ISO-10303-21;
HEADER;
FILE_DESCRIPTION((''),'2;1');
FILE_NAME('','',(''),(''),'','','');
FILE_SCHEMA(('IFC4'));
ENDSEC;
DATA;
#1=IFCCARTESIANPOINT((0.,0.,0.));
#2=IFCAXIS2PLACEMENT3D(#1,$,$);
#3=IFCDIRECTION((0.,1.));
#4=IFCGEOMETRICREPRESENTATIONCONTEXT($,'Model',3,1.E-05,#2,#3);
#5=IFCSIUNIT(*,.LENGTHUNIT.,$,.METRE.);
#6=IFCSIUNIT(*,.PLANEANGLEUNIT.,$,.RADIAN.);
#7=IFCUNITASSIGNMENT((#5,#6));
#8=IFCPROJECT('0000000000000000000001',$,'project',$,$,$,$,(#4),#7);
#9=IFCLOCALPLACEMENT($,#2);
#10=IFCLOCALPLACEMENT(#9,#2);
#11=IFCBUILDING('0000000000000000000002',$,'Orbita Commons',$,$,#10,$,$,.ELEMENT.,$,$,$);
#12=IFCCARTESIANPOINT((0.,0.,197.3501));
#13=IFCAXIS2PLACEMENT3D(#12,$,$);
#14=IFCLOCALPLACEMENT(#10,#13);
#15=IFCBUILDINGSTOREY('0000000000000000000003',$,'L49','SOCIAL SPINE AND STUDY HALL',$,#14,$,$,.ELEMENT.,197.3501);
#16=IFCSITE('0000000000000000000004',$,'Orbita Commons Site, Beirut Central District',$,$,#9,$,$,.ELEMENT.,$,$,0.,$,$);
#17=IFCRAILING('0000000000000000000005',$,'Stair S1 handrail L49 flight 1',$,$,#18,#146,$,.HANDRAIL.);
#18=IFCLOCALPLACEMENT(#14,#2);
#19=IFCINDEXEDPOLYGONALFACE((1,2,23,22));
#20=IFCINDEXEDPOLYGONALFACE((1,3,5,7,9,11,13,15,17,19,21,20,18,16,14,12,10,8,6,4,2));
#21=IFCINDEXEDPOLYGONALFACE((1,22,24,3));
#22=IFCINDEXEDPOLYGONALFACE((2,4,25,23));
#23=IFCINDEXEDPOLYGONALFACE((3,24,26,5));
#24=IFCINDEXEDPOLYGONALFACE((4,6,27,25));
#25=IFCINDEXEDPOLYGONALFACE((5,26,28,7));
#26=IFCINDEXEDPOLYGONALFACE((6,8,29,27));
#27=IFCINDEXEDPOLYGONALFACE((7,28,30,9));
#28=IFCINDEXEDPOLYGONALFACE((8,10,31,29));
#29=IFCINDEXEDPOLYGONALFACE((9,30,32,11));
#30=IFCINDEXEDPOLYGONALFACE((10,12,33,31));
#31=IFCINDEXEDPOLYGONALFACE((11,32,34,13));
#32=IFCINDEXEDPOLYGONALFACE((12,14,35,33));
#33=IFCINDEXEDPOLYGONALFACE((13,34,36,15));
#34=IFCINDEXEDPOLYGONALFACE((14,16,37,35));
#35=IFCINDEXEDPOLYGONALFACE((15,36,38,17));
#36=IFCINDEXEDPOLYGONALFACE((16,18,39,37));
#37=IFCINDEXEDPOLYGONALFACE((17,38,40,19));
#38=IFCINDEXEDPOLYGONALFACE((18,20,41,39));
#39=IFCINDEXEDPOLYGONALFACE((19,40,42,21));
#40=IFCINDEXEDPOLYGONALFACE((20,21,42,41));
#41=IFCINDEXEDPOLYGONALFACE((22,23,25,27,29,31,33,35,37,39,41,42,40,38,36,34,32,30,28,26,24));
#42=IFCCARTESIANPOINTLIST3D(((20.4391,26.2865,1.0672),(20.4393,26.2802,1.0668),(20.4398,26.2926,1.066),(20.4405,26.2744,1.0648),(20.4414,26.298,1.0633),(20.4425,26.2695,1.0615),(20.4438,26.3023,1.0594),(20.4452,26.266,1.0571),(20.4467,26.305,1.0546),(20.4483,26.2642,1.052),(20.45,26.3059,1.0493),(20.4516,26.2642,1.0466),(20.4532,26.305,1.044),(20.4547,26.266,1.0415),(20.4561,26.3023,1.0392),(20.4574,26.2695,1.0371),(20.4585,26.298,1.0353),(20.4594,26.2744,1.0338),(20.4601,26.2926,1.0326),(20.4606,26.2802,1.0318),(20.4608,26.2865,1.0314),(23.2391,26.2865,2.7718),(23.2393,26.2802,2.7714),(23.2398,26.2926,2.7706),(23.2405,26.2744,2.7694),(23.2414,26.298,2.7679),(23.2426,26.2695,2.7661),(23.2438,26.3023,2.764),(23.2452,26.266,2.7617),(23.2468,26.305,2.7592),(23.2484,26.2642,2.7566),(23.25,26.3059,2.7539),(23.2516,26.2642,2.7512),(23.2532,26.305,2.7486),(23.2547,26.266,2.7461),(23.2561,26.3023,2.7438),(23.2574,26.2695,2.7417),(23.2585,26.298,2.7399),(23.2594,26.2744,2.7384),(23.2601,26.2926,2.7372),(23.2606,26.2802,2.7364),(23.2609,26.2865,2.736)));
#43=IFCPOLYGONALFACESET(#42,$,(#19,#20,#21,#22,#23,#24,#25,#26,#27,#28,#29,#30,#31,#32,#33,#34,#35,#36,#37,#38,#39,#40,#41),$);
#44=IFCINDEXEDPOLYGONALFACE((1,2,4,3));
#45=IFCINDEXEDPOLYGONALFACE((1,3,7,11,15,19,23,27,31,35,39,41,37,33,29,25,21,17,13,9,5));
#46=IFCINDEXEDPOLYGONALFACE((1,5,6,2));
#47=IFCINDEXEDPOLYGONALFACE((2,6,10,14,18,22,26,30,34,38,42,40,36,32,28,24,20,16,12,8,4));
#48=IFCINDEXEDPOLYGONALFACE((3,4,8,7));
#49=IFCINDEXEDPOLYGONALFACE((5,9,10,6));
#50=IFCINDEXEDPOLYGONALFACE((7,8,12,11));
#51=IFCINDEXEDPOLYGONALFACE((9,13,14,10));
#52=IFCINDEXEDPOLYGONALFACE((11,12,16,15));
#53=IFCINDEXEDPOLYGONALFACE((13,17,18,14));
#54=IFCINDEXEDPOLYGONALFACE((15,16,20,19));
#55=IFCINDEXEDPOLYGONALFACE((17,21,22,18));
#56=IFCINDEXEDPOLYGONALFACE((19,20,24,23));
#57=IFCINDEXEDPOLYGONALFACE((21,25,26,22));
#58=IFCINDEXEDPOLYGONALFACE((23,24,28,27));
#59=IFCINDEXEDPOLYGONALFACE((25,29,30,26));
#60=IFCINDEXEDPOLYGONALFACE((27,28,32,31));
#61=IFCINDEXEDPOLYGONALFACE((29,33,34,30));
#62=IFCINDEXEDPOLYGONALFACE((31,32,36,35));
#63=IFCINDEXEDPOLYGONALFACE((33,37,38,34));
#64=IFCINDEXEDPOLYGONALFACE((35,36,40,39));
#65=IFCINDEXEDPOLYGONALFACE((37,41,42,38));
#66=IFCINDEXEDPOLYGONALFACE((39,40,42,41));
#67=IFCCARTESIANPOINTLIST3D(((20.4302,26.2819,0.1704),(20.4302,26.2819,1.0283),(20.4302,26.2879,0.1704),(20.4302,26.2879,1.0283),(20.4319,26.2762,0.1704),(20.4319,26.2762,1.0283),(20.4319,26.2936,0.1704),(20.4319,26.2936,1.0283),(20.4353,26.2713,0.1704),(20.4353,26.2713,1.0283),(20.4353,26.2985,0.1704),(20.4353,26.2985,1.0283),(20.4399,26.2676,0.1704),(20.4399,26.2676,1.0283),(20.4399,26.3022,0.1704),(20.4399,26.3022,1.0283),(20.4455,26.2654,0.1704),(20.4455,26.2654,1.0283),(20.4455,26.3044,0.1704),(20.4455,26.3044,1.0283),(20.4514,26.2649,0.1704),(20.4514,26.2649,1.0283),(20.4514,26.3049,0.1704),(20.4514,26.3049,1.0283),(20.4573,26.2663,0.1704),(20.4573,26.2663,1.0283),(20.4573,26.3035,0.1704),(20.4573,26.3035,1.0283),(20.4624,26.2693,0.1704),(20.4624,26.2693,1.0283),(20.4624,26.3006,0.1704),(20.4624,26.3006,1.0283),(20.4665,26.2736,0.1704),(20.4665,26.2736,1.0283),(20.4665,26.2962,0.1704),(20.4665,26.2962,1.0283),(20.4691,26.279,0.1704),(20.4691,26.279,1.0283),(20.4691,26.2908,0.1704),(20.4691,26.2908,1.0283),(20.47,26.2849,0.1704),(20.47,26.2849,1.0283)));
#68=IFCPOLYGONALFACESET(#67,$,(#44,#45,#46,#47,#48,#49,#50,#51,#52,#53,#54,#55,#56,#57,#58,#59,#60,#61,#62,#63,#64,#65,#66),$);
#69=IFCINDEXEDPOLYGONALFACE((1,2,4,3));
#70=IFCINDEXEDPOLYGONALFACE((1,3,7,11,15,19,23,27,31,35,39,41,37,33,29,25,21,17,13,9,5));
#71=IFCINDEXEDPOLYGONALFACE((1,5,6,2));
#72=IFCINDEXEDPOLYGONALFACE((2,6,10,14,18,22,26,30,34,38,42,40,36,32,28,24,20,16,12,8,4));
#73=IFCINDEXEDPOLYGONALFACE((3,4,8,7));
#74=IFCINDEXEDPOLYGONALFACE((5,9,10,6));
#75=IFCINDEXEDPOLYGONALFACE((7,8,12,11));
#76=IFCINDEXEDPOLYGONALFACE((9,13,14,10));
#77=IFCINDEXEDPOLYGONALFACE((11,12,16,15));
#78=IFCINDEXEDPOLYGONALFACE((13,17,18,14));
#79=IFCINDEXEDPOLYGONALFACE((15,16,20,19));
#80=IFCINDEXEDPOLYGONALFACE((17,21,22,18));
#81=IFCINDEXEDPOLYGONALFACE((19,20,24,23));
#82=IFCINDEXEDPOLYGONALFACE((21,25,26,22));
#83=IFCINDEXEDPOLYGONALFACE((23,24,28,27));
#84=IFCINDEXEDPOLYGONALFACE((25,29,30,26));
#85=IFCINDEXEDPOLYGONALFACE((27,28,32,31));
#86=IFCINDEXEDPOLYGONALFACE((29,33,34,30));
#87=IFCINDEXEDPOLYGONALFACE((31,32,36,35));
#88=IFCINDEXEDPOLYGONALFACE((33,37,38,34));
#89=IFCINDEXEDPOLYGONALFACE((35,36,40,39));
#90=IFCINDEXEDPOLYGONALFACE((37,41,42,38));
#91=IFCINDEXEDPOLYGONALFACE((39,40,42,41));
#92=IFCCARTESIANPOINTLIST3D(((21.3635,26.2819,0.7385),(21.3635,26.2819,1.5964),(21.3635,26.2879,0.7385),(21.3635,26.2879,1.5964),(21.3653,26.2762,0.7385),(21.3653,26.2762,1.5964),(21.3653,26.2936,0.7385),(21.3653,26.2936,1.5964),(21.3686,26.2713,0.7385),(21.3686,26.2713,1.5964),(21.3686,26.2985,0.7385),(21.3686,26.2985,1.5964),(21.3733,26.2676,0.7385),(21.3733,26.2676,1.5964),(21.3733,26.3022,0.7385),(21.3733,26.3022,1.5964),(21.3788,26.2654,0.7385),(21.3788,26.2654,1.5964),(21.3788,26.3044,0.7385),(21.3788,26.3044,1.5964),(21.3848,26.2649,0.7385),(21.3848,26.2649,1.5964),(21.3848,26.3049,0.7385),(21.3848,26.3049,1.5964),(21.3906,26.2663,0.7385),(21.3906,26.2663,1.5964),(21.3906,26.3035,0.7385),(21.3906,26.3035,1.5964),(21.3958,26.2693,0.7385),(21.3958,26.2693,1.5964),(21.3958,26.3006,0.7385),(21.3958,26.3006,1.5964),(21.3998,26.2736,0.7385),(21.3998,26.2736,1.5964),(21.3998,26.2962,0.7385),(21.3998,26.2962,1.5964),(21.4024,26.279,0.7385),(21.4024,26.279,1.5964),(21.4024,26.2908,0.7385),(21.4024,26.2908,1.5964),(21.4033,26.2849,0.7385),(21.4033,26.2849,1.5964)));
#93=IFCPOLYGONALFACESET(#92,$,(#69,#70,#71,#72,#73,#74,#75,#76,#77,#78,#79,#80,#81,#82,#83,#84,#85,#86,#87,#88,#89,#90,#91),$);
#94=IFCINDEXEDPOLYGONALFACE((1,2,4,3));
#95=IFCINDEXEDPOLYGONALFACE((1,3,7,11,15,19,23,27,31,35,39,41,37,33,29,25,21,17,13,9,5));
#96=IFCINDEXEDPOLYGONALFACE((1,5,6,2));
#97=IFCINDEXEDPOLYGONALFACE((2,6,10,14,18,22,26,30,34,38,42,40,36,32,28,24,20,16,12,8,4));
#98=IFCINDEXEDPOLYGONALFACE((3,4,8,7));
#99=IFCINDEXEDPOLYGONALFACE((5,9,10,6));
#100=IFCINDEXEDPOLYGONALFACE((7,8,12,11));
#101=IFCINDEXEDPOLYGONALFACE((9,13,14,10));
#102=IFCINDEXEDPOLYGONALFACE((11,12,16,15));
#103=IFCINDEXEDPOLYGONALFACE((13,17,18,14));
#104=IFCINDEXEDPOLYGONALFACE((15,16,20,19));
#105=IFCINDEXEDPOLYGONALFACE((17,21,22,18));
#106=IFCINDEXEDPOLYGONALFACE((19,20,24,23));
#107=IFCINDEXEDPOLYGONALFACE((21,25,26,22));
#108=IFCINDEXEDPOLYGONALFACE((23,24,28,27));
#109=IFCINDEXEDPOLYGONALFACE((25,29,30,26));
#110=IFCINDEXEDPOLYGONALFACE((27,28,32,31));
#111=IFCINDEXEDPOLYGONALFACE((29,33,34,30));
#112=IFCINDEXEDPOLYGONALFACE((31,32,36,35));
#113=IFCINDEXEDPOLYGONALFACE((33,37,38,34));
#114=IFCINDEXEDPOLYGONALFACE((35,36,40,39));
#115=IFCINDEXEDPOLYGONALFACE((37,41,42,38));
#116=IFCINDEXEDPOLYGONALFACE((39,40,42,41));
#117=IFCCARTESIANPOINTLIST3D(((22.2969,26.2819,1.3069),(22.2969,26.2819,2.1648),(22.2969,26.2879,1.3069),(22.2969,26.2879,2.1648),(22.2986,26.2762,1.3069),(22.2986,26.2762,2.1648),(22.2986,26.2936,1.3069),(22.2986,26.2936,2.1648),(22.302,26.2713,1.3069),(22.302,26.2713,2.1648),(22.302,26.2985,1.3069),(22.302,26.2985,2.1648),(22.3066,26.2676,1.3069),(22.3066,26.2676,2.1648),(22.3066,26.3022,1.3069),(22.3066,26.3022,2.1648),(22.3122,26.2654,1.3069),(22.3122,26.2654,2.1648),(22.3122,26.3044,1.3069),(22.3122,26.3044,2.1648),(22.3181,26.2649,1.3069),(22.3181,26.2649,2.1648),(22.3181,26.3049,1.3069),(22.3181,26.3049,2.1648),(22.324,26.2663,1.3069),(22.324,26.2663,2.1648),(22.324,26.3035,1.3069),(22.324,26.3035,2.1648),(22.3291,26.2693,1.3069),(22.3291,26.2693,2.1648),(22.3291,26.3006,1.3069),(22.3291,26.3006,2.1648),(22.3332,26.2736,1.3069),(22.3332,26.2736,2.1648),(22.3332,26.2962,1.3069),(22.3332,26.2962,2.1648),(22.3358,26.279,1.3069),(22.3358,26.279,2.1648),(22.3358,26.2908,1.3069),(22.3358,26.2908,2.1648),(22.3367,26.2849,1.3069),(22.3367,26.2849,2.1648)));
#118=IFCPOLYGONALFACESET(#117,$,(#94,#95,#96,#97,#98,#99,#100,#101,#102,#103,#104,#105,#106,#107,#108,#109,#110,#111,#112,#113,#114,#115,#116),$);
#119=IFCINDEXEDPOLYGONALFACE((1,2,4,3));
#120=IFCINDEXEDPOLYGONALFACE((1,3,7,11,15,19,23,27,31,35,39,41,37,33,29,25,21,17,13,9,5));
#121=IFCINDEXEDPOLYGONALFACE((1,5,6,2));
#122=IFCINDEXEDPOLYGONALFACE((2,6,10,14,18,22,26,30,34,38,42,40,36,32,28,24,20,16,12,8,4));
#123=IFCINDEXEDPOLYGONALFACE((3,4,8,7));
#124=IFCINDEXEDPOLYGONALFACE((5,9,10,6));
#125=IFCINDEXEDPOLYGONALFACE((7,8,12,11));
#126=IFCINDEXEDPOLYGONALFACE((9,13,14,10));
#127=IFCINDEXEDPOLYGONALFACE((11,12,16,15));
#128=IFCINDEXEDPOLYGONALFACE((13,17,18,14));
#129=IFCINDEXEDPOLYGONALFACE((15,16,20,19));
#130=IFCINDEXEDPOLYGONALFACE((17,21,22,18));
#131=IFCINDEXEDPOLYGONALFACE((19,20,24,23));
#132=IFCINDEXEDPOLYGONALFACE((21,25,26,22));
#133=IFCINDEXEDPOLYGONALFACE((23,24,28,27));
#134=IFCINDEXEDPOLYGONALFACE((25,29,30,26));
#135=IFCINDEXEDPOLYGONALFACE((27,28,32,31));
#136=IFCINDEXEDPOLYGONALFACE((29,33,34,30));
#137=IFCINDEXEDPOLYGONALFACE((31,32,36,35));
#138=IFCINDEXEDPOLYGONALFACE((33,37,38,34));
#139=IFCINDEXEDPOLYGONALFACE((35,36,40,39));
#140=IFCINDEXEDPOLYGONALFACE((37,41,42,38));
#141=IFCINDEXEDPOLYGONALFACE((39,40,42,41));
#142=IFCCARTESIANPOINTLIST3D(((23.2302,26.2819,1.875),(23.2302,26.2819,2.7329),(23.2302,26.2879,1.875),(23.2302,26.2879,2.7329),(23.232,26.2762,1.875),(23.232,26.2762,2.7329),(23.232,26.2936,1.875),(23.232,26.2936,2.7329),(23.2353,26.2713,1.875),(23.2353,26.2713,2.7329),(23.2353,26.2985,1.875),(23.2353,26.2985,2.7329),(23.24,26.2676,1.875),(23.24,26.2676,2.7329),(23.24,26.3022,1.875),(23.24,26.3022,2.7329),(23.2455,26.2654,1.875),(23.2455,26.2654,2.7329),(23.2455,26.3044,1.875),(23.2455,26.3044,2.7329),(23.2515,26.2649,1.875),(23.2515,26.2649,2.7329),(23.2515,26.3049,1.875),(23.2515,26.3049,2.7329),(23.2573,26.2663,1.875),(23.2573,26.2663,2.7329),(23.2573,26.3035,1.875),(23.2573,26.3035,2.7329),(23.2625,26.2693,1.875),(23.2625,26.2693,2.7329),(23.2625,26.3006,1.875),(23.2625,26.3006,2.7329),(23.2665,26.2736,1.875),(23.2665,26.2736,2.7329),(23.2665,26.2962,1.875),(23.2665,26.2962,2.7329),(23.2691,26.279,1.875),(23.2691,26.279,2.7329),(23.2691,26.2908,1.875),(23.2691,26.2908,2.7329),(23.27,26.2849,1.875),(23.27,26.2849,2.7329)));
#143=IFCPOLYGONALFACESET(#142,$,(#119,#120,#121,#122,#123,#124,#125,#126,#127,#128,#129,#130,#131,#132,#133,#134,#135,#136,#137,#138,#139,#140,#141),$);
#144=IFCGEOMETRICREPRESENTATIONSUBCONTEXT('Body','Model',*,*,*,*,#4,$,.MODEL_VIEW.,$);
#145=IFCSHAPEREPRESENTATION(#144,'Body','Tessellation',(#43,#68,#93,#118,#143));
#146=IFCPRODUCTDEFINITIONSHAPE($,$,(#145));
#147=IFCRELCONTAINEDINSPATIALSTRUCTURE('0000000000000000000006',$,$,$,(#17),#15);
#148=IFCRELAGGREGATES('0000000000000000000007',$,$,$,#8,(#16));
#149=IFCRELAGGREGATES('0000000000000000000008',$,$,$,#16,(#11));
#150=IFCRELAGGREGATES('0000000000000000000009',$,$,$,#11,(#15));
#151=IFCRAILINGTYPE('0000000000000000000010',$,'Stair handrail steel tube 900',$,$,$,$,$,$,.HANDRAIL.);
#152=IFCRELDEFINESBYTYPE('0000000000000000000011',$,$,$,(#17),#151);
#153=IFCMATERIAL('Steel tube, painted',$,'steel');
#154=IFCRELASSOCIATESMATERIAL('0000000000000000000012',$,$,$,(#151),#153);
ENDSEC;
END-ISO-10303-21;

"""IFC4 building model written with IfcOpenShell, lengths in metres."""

from ifc_helpers import new_model, si_unit, direction, frame, origin, origin_2d, place, context, subcontext, project, spatial, circle, extrude, material, type_object, element, save


model = new_model("IFC4")

# Units and contexts
model_context = context("Model", 3, precision=1e-05, world=origin(), true_north=direction((0.0, 1.0)))
body_context = subcontext(model_context, "Body", "Model", "MODEL_VIEW")
ifc_project = project(units=[si_unit("LENGTHUNIT", "METRE"), si_unit("PLANEANGLEUNIT", "RADIAN")], contexts=[model_context])

# Site, building, storey
site_placement = place(None, origin())
site = spatial("IfcSite", under=ifc_project, at=site_placement, Name="Orbita Commons Site, Beirut Central District", CompositionType="ELEMENT", RefElevation=0.0)
building_placement = place(site_placement, origin())
building = spatial("IfcBuilding", under=site, at=building_placement, Name="Orbita Commons", CompositionType="ELEMENT")
storey_placement = place(building_placement, frame((0.0, 0.0, 197.3501)))
storey = spatial("IfcBuildingStorey", under=building, at=storey_placement, Name="L49", Description="SOCIAL SPINE AND STUDY HALL", CompositionType="ELEMENT", Elevation=197.3501)

# Railing
ifc_material_1 = material(Name="Steel tube, painted", Category="steel")
railing_type = type_object("IfcRailingType", Name="Stair handrail steel tube 900", PredefinedType="HANDRAIL", material=ifc_material_1)
for number, where, name in (
    (1, (20.45, 26.2849, 0.1704), "Stair S1 handrail L49 flight 1"),
):
    element("IfcRailing", number, at=place(storey_placement, frame(where)), inside=storey, type_object=railing_type, Name=name, PredefinedType="HANDRAIL", context=body_context, shape_type="SweptSolid", body=[
        extrude(circle(Radius=0.021, at=origin_2d()), frame((0.0, 0.0, 0.8789), z_axis=(0.85417, 0.0, 0.519994), x_axis=(0.0, 1.0, 0.0)), (0.0, 0.0, 1.0), 3.2781),
        extrude(circle(Radius=0.02, at=origin_2d()), origin(), (0.0, 0.0, 1.0), 0.8579),
        extrude(circle(Radius=0.02, at=origin_2d()), frame((0.9333, 0.0, 0.5681)), (0.0, 0.0, 1.0), 0.8579),
        extrude(circle(Radius=0.02, at=origin_2d()), frame((1.8667, 0.0, 1.1365)), (0.0, 0.0, 1.0), 0.8579),
        extrude(circle(Radius=0.02, at=origin_2d()), frame((2.8, 0.0, 1.7046)), (0.0, 0.0, 1.0), 0.8579),
    ])

save(model, "model.ifc")
